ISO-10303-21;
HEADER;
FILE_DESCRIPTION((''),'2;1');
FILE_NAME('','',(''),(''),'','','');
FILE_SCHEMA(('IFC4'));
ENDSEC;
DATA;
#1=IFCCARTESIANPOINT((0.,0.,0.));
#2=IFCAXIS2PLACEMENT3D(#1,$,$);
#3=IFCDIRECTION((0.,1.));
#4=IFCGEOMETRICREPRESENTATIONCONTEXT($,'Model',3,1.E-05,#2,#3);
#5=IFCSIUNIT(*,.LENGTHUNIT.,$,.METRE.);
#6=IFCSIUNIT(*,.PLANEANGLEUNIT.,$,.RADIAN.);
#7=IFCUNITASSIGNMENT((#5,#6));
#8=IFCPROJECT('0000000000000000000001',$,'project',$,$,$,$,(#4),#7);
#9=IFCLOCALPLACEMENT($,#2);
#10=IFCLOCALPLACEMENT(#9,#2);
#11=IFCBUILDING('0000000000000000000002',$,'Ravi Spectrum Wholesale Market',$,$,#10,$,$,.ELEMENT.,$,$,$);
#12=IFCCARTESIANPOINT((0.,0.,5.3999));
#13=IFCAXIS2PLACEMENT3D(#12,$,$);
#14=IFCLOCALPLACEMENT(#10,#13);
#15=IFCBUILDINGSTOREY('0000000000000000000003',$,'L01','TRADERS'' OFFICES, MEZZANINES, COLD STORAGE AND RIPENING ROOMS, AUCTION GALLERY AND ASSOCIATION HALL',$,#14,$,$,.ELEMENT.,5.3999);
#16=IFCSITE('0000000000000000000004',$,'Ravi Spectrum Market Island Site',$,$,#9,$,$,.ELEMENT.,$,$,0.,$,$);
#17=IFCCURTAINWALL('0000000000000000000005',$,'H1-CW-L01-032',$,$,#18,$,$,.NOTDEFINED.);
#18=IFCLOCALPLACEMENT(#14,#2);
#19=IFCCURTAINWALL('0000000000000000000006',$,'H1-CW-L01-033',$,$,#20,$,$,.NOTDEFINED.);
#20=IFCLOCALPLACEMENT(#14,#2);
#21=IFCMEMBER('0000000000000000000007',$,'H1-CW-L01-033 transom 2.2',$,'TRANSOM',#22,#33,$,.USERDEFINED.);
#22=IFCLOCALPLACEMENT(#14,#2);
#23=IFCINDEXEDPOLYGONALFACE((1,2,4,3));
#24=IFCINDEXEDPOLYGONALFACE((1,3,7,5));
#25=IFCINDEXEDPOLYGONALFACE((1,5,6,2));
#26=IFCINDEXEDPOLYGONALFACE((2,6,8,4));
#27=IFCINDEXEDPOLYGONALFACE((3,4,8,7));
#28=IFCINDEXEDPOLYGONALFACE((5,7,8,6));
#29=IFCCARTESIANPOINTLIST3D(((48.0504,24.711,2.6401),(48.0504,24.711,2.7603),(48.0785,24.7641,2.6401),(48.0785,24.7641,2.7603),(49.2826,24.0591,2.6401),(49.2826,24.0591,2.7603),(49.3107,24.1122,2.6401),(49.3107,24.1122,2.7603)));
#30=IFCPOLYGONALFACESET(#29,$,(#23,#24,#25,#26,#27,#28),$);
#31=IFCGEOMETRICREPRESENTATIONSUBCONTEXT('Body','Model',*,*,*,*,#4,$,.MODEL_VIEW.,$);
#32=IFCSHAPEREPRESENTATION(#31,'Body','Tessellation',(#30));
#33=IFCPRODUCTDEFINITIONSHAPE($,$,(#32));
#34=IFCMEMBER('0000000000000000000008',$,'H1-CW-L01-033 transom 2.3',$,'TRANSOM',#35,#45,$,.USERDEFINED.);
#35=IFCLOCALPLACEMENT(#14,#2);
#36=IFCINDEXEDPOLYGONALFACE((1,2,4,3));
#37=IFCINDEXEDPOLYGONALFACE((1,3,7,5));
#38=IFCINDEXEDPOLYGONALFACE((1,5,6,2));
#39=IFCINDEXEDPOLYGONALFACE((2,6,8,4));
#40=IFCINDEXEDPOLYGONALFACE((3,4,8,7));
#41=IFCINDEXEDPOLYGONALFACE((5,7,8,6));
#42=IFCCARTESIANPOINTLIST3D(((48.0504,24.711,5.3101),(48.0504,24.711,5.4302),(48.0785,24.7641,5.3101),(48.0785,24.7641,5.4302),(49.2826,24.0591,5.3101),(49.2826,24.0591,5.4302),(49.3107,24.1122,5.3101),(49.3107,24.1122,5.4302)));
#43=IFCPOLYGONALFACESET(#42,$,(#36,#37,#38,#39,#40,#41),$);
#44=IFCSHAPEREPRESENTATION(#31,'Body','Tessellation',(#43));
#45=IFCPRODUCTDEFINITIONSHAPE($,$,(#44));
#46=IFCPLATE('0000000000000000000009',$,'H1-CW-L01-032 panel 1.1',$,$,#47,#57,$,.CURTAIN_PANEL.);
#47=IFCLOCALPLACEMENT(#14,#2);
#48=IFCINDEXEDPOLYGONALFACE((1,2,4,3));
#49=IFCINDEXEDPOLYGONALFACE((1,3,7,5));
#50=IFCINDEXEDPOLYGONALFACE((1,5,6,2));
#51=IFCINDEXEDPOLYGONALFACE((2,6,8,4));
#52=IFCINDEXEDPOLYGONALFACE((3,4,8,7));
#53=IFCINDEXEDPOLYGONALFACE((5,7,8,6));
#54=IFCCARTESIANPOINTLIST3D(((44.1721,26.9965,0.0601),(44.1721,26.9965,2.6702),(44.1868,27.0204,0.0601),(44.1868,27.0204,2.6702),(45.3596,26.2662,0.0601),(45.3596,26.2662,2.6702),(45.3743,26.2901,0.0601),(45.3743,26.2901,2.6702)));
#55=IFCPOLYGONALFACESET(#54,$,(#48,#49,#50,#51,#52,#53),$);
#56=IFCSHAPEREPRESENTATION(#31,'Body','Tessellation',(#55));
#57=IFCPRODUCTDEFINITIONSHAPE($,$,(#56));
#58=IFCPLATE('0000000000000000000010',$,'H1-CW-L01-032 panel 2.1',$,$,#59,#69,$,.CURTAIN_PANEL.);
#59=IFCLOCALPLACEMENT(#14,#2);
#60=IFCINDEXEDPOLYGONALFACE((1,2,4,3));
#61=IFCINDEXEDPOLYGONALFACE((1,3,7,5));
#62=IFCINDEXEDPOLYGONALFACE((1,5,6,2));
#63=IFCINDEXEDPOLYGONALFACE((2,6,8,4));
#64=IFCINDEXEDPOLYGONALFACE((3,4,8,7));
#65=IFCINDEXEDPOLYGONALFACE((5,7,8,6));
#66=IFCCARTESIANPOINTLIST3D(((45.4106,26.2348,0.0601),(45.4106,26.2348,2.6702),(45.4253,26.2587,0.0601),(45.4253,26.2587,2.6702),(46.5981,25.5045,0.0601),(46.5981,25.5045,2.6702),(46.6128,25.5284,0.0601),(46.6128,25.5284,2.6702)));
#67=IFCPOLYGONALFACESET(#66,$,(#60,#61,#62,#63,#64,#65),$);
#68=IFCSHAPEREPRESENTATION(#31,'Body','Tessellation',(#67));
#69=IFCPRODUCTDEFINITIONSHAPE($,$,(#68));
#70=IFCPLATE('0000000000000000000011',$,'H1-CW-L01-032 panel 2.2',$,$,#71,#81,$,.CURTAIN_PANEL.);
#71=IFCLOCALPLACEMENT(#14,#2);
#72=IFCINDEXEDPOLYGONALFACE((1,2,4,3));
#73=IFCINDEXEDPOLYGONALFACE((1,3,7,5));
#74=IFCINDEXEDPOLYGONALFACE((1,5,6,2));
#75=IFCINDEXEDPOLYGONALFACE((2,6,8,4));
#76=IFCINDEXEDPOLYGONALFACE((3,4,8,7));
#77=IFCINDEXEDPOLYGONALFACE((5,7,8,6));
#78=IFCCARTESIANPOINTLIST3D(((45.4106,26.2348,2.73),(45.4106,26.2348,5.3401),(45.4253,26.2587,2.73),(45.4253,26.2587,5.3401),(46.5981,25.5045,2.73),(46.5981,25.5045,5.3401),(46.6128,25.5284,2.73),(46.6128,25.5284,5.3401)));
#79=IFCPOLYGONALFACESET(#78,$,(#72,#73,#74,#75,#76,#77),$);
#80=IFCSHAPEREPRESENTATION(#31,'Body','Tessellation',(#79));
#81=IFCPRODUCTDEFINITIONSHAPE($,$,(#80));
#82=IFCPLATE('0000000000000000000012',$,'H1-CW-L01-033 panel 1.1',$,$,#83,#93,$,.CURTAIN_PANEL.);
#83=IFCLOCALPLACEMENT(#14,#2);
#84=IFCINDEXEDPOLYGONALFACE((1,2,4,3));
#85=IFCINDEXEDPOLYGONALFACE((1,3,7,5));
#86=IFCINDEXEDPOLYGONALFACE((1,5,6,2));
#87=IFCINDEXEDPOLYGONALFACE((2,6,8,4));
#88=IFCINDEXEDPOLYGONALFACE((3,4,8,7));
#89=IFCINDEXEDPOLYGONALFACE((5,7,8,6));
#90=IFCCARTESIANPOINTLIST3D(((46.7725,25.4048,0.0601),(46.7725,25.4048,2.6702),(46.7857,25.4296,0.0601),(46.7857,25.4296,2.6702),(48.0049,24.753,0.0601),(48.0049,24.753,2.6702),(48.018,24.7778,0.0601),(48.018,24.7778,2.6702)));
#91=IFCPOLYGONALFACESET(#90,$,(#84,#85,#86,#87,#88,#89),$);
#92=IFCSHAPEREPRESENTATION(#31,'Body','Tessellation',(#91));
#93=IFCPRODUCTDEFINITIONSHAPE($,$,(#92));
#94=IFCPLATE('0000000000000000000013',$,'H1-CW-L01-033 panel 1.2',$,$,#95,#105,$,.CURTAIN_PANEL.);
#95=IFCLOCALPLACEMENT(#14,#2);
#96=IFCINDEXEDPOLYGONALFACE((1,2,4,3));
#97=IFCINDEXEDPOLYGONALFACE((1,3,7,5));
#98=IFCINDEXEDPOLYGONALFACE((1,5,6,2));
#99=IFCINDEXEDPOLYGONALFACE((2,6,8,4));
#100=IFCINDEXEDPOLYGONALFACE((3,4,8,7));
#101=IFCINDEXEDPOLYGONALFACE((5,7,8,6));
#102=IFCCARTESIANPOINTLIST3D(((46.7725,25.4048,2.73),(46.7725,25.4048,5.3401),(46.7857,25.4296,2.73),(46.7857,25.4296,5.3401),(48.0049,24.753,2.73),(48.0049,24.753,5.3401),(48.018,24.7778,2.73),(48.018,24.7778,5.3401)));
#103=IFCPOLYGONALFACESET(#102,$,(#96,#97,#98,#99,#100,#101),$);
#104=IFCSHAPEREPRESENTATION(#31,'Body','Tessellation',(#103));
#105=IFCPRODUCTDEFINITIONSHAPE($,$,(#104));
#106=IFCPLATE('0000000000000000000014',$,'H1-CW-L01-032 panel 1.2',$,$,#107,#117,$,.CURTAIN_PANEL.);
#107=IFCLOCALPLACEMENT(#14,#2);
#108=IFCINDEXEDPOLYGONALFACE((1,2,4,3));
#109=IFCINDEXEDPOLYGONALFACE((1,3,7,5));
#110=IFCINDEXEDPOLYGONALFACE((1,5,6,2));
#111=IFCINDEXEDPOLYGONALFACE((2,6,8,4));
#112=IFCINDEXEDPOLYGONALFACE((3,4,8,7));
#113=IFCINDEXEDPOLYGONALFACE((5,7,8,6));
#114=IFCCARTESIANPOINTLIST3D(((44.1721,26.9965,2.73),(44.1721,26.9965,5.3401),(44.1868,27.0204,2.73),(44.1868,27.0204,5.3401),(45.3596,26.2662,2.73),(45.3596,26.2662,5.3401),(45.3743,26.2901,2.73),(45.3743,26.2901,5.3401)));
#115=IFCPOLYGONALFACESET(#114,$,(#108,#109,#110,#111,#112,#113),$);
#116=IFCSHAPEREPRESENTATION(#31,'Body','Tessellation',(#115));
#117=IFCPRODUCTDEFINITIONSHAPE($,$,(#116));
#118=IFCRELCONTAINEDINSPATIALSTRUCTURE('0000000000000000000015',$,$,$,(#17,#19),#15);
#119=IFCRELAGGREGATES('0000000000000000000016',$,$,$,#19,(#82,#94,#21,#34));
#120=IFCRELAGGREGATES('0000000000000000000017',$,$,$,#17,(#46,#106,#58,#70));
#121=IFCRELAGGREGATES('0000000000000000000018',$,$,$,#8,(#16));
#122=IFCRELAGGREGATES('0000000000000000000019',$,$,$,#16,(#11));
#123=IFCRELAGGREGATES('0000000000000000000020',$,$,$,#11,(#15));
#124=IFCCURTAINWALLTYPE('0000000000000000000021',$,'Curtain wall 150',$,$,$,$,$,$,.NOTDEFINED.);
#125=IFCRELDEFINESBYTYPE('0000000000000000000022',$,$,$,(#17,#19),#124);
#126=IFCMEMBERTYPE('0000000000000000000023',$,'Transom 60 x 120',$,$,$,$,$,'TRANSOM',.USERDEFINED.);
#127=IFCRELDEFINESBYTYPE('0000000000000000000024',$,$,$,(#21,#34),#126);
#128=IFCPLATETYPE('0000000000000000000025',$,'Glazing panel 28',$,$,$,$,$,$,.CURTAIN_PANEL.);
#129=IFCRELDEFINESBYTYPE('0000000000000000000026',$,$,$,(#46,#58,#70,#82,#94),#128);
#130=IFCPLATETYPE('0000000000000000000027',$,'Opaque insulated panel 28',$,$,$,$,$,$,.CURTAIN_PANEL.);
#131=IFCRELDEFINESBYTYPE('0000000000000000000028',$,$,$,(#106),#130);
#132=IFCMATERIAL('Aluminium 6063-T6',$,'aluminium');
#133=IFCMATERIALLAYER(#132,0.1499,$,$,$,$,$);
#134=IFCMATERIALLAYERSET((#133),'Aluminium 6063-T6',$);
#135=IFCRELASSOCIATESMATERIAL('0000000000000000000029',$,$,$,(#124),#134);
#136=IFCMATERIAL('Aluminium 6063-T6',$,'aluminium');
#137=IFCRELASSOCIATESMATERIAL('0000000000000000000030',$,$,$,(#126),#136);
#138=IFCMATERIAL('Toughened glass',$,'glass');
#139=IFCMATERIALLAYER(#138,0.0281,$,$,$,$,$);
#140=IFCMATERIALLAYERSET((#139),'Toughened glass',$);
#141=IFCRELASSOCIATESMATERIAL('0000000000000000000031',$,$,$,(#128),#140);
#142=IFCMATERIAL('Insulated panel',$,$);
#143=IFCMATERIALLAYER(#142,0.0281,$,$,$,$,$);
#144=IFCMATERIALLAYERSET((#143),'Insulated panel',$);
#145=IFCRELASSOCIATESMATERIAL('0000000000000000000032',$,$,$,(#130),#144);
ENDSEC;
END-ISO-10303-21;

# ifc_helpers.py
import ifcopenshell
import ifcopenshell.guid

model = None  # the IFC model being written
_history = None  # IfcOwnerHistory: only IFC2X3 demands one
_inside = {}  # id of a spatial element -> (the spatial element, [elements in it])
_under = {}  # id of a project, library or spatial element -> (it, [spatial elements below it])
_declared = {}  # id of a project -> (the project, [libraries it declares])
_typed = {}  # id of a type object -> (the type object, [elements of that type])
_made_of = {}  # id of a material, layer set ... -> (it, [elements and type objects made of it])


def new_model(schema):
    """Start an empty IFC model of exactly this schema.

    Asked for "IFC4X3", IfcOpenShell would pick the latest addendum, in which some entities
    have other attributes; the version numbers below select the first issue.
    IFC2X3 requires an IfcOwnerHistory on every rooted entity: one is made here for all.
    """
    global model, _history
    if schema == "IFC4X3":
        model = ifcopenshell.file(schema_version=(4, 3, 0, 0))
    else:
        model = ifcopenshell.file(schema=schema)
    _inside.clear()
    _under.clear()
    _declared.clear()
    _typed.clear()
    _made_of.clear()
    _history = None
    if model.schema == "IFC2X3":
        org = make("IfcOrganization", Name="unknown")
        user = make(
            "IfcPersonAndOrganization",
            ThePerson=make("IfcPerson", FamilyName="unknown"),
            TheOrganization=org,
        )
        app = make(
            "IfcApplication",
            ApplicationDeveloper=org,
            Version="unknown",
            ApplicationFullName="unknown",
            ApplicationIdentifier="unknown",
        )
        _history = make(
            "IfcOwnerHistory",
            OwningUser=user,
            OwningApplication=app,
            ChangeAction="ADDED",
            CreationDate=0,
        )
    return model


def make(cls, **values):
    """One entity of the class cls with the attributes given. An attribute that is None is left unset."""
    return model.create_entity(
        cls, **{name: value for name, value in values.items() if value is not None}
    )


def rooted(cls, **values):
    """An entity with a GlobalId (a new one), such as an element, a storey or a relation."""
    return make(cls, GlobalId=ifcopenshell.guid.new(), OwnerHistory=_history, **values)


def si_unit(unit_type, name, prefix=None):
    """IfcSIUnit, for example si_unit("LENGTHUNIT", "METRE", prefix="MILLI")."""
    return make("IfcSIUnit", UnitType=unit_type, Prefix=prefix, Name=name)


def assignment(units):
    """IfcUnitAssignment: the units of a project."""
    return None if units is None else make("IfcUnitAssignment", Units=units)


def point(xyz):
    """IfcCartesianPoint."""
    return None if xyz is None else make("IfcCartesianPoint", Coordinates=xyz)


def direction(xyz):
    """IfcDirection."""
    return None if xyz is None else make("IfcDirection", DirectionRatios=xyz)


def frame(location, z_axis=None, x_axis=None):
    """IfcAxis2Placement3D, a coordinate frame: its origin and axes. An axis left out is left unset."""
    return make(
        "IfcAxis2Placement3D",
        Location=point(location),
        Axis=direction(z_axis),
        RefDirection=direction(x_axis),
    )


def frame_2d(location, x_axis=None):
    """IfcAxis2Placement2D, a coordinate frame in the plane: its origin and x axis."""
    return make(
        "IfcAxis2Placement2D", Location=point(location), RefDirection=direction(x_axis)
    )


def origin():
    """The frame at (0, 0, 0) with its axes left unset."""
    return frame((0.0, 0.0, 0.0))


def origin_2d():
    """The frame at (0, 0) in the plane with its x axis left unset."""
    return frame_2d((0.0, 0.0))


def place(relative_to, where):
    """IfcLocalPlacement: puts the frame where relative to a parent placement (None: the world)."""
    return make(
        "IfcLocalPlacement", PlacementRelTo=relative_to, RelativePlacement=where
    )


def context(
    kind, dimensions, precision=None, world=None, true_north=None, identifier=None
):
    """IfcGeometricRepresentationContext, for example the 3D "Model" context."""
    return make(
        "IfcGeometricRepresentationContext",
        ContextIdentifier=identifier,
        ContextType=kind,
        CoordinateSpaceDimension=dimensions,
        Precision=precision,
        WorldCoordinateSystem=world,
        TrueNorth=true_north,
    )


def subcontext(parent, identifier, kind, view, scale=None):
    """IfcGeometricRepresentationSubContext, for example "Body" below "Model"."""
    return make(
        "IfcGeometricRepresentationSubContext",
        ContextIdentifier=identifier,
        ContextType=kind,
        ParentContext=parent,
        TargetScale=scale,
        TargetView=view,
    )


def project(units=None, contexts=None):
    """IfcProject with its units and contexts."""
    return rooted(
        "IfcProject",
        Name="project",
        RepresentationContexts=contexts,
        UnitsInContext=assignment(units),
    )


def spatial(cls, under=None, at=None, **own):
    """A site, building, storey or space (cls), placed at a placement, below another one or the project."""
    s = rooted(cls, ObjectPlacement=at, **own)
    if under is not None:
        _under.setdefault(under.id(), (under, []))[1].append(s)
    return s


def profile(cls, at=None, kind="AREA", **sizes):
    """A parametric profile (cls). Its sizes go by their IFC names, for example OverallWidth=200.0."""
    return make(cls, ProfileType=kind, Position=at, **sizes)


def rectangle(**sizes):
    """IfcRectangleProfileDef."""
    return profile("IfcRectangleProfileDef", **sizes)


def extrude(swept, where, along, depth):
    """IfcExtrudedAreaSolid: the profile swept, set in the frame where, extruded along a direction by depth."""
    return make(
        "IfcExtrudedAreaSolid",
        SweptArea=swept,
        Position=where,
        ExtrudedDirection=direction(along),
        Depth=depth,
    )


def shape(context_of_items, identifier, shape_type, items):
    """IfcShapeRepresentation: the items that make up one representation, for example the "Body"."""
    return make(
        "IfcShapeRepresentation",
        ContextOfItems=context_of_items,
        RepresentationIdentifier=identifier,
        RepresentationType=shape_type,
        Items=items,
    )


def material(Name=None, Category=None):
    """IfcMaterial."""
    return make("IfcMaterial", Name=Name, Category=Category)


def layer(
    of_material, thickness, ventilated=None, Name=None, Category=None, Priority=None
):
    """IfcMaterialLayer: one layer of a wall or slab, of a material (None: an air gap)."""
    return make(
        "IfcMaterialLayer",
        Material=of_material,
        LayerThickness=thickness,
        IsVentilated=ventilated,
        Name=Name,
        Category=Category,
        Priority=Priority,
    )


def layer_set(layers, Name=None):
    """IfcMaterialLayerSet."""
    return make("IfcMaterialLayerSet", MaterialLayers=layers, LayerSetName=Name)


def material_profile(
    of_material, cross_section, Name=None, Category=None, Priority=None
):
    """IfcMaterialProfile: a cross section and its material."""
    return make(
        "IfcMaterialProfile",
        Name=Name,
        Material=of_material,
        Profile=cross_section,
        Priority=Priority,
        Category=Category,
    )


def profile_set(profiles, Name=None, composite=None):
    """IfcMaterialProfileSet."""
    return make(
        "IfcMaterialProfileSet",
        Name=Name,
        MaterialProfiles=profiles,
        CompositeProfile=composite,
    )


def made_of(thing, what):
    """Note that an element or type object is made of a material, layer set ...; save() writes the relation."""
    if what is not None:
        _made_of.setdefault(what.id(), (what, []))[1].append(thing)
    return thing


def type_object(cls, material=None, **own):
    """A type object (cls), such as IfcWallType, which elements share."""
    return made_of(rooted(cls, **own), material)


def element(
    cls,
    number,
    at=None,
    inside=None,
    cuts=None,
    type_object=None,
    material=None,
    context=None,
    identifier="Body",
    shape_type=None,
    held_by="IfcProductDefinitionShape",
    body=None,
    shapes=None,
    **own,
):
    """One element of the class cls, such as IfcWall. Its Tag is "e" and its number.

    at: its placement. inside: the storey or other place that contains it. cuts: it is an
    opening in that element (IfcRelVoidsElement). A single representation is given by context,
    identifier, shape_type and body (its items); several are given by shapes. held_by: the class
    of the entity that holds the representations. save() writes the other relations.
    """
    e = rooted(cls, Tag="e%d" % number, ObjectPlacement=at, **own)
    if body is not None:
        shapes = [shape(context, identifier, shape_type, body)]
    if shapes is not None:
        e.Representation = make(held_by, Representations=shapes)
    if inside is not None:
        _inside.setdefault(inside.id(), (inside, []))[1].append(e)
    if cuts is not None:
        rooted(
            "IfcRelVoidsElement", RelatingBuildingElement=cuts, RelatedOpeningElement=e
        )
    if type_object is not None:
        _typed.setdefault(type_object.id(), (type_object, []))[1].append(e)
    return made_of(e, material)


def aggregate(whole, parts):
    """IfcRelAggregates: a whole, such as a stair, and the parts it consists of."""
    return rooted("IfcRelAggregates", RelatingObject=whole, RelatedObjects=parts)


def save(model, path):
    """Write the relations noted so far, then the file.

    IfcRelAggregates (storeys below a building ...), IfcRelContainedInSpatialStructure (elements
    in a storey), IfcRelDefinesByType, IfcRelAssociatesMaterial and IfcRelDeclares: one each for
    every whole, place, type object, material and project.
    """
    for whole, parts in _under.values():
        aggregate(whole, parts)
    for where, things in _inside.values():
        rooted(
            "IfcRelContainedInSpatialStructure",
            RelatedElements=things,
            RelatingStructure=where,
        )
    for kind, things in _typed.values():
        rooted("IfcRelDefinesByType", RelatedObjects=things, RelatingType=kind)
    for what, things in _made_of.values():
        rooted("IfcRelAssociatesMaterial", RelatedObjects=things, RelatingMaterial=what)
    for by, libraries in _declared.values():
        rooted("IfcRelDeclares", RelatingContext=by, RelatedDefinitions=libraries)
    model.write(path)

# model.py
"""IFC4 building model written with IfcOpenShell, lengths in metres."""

from ifc_helpers import new_model, si_unit, direction, frame, origin, origin_2d, place, context, subcontext, project, spatial, rectangle, extrude, material, layer, layer_set, material_profile, profile_set, type_object, element, aggregate, save


model = new_model("IFC4")

# Units and contexts
model_context = context("Model", 3, precision=1e-05, world=origin(), true_north=direction((0.0, 1.0)))
body_context = subcontext(model_context, "Body", "Model", "MODEL_VIEW")
ifc_project = project(units=[si_unit("LENGTHUNIT", "METRE"), si_unit("PLANEANGLEUNIT", "RADIAN")], contexts=[model_context])

# Site, building, storey
site_placement = place(None, origin())
site = spatial("IfcSite", under=ifc_project, at=site_placement, Name="Ravi Spectrum Market Island Site", CompositionType="ELEMENT", RefElevation=0.0)
building_placement = place(site_placement, origin())
building = spatial("IfcBuilding", under=site, at=building_placement, Name="Ravi Spectrum Wholesale Market", CompositionType="ELEMENT")
storey_placement = place(building_placement, frame((0.0, 0.0, 5.3999)))
storey = spatial("IfcBuildingStorey", under=building, at=storey_placement, Name="L01", Description="TRADERS' OFFICES, MEZZANINES, COLD STORAGE AND RIPENING ROOMS, AUCTION GALLERY AND ASSOCIATION HALL", CompositionType="ELEMENT", Elevation=5.3999)

# Curtain walls
ifc_material_1 = material(Name="Aluminium 6063-T6", Category="aluminium")
ifc_layer_1 = layer(ifc_material_1, 0.1499)
ifc_layer_set_1 = layer_set([ifc_layer_1], Name="Aluminium 6063-T6")
curtain_wall_type = type_object("IfcCurtainWallType", Name="Curtain wall 150", PredefinedType="NOTDEFINED", material=ifc_layer_set_1)
curtain_wall_1_placement = place(storey_placement, origin())
curtain_wall_1 = element("IfcCurtainWall", 1, at=curtain_wall_1_placement, inside=storey, type_object=curtain_wall_type, Name="H1-CW-L01-032", PredefinedType="NOTDEFINED")
curtain_wall_2_placement = place(storey_placement, origin())
curtain_wall_2 = element("IfcCurtainWall", 2, at=curtain_wall_2_placement, inside=storey, type_object=curtain_wall_type, Name="H1-CW-L01-033", PredefinedType="NOTDEFINED")

# Members
ifc_material_2 = material(Name="Aluminium 6063-T6", Category="aluminium")
ifc_material_profile_1 = material_profile(ifc_material_2, rectangle(XDim=0.0601, YDim=0.1201, at=origin_2d()))
ifc_profile_set_1 = profile_set([ifc_material_profile_1], Name="Aluminium 6063-T6")
member_type_1 = type_object("IfcMemberType", Name="Transom 60 x 120", ElementType="TRANSOM", PredefinedType="USERDEFINED", material=ifc_profile_set_1)
member_1_placement = place(storey_placement, frame((48.0645, 24.7375, 2.7002), z_axis=(0.883928, -0.467622, 0.0), x_axis=(0.467622, 0.883928, 0.0)))
member_1 = element("IfcMember", 3, at=member_1_placement, type_object=member_type_1, Name="H1-CW-L01-033 transom 2.2", ObjectType="TRANSOM", PredefinedType="USERDEFINED", context=body_context, shape_type="SweptSolid", body=[
    extrude(rectangle(XDim=0.0601, YDim=0.1201, at=origin_2d()), origin(), (0.0, 0.0, 1.0), 1.394),
])
member_2_placement = place(storey_placement, frame((48.0645, 24.7375, 5.3701), z_axis=(0.883928, -0.467622, 0.0), x_axis=(0.467622, 0.883928, 0.0)))
member_2 = element("IfcMember", 4, at=member_2_placement, type_object=member_type_1, Name="H1-CW-L01-033 transom 2.3", ObjectType="TRANSOM", PredefinedType="USERDEFINED", context=body_context, shape_type="SweptSolid", body=[
    extrude(rectangle(XDim=0.0601, YDim=0.1201, at=origin_2d()), origin(), (0.0, 0.0, 1.0), 1.394),
])

# Plates
ifc_material_3 = material(Name="Toughened glass", Category="glass")
ifc_layer_2 = layer(ifc_material_3, 0.0281)
ifc_layer_set_2 = layer_set([ifc_layer_2], Name="Toughened glass")
plate_type_1 = type_object("IfcPlateType", Name="Glazing panel 28", PredefinedType="CURTAIN_PANEL", material=ifc_layer_set_2)
plate_1_placement = place(storey_placement, frame((44.7732, 26.6433, 0.0601), z_axis=(0.0, 0.0, 1.0), x_axis=(0.851816, -0.523841, 0.0)))
plate_1 = element("IfcPlate", 5, at=plate_1_placement, type_object=plate_type_1, Name="H1-CW-L01-032 panel 1.1", PredefinedType="CURTAIN_PANEL", context=body_context, shape_type="SweptSolid", body=[
    extrude(rectangle(XDim=1.394, YDim=0.0281, at=origin_2d()), origin(), (0.0, 0.0, 1.0), 2.6101),
])
plate_2_placement = place(storey_placement, frame((46.0117, 25.8816, 0.0601), z_axis=(0.0, 0.0, 1.0), x_axis=(0.851816, -0.523841, 0.0)))
plate_2 = element("IfcPlate", 6, at=plate_2_placement, type_object=plate_type_1, Name="H1-CW-L01-032 panel 2.1", PredefinedType="CURTAIN_PANEL", context=body_context, shape_type="SweptSolid", body=[
    extrude(rectangle(XDim=1.394, YDim=0.0281, at=origin_2d()), origin(), (0.0, 0.0, 1.0), 2.6101),
])
plate_3_placement = place(storey_placement, frame((46.0117, 25.8816, 2.73), z_axis=(0.0, 0.0, 1.0), x_axis=(0.851816, -0.523841, 0.0)))
plate_3 = element("IfcPlate", 7, at=plate_3_placement, type_object=plate_type_1, Name="H1-CW-L01-032 panel 2.2", PredefinedType="CURTAIN_PANEL", context=body_context, shape_type="SweptSolid", body=[
    extrude(rectangle(XDim=1.394, YDim=0.0281, at=origin_2d()), origin(), (0.0, 0.0, 1.0), 2.6101),
])
plate_4_placement = place(storey_placement, frame((47.3953, 25.0913, 0.0601), z_axis=(0.0, 0.0, 1.0), x_axis=(0.88398, -0.467524, 0.0)))
plate_4 = element("IfcPlate", 8, at=plate_4_placement, type_object=plate_type_1, Name="H1-CW-L01-033 panel 1.1", PredefinedType="CURTAIN_PANEL", context=body_context, shape_type="SweptSolid", body=[
    extrude(rectangle(XDim=1.394, YDim=0.0281, at=origin_2d()), origin(), (0.0, 0.0, 1.0), 2.6101),
])
plate_5_placement = place(storey_placement, frame((47.3953, 25.0913, 2.73), z_axis=(0.0, 0.0, 1.0), x_axis=(0.88398, -0.467524, 0.0)))
plate_5 = element("IfcPlate", 9, at=plate_5_placement, type_object=plate_type_1, Name="H1-CW-L01-033 panel 1.2", PredefinedType="CURTAIN_PANEL", context=body_context, shape_type="SweptSolid", body=[
    extrude(rectangle(XDim=1.394, YDim=0.0281, at=origin_2d()), origin(), (0.0, 0.0, 1.0), 2.6101),
])
aggregate(curtain_wall_2, [plate_4, plate_5, member_1, member_2])
ifc_material_4 = material(Name="Insulated panel")
ifc_layer_3 = layer(ifc_material_4, 0.0281)
ifc_layer_set_3 = layer_set([ifc_layer_3], Name="Insulated panel")
plate_type_2 = type_object("IfcPlateType", Name="Opaque insulated panel 28", PredefinedType="CURTAIN_PANEL", material=ifc_layer_set_3)
plate_6_placement = place(storey_placement, frame((44.7732, 26.6433, 2.73), z_axis=(0.0, 0.0, 1.0), x_axis=(0.851816, -0.523841, 0.0)))
plate_6 = element("IfcPlate", 10, at=plate_6_placement, type_object=plate_type_2, Name="H1-CW-L01-032 panel 1.2", PredefinedType="CURTAIN_PANEL", context=body_context, shape_type="SweptSolid", body=[
    extrude(rectangle(XDim=1.394, YDim=0.0281, at=origin_2d()), origin(), (0.0, 0.0, 1.0), 2.6101),
])
aggregate(curtain_wall_1, [plate_1, plate_6, plate_2, plate_3])

save(model, "model.ifc")
